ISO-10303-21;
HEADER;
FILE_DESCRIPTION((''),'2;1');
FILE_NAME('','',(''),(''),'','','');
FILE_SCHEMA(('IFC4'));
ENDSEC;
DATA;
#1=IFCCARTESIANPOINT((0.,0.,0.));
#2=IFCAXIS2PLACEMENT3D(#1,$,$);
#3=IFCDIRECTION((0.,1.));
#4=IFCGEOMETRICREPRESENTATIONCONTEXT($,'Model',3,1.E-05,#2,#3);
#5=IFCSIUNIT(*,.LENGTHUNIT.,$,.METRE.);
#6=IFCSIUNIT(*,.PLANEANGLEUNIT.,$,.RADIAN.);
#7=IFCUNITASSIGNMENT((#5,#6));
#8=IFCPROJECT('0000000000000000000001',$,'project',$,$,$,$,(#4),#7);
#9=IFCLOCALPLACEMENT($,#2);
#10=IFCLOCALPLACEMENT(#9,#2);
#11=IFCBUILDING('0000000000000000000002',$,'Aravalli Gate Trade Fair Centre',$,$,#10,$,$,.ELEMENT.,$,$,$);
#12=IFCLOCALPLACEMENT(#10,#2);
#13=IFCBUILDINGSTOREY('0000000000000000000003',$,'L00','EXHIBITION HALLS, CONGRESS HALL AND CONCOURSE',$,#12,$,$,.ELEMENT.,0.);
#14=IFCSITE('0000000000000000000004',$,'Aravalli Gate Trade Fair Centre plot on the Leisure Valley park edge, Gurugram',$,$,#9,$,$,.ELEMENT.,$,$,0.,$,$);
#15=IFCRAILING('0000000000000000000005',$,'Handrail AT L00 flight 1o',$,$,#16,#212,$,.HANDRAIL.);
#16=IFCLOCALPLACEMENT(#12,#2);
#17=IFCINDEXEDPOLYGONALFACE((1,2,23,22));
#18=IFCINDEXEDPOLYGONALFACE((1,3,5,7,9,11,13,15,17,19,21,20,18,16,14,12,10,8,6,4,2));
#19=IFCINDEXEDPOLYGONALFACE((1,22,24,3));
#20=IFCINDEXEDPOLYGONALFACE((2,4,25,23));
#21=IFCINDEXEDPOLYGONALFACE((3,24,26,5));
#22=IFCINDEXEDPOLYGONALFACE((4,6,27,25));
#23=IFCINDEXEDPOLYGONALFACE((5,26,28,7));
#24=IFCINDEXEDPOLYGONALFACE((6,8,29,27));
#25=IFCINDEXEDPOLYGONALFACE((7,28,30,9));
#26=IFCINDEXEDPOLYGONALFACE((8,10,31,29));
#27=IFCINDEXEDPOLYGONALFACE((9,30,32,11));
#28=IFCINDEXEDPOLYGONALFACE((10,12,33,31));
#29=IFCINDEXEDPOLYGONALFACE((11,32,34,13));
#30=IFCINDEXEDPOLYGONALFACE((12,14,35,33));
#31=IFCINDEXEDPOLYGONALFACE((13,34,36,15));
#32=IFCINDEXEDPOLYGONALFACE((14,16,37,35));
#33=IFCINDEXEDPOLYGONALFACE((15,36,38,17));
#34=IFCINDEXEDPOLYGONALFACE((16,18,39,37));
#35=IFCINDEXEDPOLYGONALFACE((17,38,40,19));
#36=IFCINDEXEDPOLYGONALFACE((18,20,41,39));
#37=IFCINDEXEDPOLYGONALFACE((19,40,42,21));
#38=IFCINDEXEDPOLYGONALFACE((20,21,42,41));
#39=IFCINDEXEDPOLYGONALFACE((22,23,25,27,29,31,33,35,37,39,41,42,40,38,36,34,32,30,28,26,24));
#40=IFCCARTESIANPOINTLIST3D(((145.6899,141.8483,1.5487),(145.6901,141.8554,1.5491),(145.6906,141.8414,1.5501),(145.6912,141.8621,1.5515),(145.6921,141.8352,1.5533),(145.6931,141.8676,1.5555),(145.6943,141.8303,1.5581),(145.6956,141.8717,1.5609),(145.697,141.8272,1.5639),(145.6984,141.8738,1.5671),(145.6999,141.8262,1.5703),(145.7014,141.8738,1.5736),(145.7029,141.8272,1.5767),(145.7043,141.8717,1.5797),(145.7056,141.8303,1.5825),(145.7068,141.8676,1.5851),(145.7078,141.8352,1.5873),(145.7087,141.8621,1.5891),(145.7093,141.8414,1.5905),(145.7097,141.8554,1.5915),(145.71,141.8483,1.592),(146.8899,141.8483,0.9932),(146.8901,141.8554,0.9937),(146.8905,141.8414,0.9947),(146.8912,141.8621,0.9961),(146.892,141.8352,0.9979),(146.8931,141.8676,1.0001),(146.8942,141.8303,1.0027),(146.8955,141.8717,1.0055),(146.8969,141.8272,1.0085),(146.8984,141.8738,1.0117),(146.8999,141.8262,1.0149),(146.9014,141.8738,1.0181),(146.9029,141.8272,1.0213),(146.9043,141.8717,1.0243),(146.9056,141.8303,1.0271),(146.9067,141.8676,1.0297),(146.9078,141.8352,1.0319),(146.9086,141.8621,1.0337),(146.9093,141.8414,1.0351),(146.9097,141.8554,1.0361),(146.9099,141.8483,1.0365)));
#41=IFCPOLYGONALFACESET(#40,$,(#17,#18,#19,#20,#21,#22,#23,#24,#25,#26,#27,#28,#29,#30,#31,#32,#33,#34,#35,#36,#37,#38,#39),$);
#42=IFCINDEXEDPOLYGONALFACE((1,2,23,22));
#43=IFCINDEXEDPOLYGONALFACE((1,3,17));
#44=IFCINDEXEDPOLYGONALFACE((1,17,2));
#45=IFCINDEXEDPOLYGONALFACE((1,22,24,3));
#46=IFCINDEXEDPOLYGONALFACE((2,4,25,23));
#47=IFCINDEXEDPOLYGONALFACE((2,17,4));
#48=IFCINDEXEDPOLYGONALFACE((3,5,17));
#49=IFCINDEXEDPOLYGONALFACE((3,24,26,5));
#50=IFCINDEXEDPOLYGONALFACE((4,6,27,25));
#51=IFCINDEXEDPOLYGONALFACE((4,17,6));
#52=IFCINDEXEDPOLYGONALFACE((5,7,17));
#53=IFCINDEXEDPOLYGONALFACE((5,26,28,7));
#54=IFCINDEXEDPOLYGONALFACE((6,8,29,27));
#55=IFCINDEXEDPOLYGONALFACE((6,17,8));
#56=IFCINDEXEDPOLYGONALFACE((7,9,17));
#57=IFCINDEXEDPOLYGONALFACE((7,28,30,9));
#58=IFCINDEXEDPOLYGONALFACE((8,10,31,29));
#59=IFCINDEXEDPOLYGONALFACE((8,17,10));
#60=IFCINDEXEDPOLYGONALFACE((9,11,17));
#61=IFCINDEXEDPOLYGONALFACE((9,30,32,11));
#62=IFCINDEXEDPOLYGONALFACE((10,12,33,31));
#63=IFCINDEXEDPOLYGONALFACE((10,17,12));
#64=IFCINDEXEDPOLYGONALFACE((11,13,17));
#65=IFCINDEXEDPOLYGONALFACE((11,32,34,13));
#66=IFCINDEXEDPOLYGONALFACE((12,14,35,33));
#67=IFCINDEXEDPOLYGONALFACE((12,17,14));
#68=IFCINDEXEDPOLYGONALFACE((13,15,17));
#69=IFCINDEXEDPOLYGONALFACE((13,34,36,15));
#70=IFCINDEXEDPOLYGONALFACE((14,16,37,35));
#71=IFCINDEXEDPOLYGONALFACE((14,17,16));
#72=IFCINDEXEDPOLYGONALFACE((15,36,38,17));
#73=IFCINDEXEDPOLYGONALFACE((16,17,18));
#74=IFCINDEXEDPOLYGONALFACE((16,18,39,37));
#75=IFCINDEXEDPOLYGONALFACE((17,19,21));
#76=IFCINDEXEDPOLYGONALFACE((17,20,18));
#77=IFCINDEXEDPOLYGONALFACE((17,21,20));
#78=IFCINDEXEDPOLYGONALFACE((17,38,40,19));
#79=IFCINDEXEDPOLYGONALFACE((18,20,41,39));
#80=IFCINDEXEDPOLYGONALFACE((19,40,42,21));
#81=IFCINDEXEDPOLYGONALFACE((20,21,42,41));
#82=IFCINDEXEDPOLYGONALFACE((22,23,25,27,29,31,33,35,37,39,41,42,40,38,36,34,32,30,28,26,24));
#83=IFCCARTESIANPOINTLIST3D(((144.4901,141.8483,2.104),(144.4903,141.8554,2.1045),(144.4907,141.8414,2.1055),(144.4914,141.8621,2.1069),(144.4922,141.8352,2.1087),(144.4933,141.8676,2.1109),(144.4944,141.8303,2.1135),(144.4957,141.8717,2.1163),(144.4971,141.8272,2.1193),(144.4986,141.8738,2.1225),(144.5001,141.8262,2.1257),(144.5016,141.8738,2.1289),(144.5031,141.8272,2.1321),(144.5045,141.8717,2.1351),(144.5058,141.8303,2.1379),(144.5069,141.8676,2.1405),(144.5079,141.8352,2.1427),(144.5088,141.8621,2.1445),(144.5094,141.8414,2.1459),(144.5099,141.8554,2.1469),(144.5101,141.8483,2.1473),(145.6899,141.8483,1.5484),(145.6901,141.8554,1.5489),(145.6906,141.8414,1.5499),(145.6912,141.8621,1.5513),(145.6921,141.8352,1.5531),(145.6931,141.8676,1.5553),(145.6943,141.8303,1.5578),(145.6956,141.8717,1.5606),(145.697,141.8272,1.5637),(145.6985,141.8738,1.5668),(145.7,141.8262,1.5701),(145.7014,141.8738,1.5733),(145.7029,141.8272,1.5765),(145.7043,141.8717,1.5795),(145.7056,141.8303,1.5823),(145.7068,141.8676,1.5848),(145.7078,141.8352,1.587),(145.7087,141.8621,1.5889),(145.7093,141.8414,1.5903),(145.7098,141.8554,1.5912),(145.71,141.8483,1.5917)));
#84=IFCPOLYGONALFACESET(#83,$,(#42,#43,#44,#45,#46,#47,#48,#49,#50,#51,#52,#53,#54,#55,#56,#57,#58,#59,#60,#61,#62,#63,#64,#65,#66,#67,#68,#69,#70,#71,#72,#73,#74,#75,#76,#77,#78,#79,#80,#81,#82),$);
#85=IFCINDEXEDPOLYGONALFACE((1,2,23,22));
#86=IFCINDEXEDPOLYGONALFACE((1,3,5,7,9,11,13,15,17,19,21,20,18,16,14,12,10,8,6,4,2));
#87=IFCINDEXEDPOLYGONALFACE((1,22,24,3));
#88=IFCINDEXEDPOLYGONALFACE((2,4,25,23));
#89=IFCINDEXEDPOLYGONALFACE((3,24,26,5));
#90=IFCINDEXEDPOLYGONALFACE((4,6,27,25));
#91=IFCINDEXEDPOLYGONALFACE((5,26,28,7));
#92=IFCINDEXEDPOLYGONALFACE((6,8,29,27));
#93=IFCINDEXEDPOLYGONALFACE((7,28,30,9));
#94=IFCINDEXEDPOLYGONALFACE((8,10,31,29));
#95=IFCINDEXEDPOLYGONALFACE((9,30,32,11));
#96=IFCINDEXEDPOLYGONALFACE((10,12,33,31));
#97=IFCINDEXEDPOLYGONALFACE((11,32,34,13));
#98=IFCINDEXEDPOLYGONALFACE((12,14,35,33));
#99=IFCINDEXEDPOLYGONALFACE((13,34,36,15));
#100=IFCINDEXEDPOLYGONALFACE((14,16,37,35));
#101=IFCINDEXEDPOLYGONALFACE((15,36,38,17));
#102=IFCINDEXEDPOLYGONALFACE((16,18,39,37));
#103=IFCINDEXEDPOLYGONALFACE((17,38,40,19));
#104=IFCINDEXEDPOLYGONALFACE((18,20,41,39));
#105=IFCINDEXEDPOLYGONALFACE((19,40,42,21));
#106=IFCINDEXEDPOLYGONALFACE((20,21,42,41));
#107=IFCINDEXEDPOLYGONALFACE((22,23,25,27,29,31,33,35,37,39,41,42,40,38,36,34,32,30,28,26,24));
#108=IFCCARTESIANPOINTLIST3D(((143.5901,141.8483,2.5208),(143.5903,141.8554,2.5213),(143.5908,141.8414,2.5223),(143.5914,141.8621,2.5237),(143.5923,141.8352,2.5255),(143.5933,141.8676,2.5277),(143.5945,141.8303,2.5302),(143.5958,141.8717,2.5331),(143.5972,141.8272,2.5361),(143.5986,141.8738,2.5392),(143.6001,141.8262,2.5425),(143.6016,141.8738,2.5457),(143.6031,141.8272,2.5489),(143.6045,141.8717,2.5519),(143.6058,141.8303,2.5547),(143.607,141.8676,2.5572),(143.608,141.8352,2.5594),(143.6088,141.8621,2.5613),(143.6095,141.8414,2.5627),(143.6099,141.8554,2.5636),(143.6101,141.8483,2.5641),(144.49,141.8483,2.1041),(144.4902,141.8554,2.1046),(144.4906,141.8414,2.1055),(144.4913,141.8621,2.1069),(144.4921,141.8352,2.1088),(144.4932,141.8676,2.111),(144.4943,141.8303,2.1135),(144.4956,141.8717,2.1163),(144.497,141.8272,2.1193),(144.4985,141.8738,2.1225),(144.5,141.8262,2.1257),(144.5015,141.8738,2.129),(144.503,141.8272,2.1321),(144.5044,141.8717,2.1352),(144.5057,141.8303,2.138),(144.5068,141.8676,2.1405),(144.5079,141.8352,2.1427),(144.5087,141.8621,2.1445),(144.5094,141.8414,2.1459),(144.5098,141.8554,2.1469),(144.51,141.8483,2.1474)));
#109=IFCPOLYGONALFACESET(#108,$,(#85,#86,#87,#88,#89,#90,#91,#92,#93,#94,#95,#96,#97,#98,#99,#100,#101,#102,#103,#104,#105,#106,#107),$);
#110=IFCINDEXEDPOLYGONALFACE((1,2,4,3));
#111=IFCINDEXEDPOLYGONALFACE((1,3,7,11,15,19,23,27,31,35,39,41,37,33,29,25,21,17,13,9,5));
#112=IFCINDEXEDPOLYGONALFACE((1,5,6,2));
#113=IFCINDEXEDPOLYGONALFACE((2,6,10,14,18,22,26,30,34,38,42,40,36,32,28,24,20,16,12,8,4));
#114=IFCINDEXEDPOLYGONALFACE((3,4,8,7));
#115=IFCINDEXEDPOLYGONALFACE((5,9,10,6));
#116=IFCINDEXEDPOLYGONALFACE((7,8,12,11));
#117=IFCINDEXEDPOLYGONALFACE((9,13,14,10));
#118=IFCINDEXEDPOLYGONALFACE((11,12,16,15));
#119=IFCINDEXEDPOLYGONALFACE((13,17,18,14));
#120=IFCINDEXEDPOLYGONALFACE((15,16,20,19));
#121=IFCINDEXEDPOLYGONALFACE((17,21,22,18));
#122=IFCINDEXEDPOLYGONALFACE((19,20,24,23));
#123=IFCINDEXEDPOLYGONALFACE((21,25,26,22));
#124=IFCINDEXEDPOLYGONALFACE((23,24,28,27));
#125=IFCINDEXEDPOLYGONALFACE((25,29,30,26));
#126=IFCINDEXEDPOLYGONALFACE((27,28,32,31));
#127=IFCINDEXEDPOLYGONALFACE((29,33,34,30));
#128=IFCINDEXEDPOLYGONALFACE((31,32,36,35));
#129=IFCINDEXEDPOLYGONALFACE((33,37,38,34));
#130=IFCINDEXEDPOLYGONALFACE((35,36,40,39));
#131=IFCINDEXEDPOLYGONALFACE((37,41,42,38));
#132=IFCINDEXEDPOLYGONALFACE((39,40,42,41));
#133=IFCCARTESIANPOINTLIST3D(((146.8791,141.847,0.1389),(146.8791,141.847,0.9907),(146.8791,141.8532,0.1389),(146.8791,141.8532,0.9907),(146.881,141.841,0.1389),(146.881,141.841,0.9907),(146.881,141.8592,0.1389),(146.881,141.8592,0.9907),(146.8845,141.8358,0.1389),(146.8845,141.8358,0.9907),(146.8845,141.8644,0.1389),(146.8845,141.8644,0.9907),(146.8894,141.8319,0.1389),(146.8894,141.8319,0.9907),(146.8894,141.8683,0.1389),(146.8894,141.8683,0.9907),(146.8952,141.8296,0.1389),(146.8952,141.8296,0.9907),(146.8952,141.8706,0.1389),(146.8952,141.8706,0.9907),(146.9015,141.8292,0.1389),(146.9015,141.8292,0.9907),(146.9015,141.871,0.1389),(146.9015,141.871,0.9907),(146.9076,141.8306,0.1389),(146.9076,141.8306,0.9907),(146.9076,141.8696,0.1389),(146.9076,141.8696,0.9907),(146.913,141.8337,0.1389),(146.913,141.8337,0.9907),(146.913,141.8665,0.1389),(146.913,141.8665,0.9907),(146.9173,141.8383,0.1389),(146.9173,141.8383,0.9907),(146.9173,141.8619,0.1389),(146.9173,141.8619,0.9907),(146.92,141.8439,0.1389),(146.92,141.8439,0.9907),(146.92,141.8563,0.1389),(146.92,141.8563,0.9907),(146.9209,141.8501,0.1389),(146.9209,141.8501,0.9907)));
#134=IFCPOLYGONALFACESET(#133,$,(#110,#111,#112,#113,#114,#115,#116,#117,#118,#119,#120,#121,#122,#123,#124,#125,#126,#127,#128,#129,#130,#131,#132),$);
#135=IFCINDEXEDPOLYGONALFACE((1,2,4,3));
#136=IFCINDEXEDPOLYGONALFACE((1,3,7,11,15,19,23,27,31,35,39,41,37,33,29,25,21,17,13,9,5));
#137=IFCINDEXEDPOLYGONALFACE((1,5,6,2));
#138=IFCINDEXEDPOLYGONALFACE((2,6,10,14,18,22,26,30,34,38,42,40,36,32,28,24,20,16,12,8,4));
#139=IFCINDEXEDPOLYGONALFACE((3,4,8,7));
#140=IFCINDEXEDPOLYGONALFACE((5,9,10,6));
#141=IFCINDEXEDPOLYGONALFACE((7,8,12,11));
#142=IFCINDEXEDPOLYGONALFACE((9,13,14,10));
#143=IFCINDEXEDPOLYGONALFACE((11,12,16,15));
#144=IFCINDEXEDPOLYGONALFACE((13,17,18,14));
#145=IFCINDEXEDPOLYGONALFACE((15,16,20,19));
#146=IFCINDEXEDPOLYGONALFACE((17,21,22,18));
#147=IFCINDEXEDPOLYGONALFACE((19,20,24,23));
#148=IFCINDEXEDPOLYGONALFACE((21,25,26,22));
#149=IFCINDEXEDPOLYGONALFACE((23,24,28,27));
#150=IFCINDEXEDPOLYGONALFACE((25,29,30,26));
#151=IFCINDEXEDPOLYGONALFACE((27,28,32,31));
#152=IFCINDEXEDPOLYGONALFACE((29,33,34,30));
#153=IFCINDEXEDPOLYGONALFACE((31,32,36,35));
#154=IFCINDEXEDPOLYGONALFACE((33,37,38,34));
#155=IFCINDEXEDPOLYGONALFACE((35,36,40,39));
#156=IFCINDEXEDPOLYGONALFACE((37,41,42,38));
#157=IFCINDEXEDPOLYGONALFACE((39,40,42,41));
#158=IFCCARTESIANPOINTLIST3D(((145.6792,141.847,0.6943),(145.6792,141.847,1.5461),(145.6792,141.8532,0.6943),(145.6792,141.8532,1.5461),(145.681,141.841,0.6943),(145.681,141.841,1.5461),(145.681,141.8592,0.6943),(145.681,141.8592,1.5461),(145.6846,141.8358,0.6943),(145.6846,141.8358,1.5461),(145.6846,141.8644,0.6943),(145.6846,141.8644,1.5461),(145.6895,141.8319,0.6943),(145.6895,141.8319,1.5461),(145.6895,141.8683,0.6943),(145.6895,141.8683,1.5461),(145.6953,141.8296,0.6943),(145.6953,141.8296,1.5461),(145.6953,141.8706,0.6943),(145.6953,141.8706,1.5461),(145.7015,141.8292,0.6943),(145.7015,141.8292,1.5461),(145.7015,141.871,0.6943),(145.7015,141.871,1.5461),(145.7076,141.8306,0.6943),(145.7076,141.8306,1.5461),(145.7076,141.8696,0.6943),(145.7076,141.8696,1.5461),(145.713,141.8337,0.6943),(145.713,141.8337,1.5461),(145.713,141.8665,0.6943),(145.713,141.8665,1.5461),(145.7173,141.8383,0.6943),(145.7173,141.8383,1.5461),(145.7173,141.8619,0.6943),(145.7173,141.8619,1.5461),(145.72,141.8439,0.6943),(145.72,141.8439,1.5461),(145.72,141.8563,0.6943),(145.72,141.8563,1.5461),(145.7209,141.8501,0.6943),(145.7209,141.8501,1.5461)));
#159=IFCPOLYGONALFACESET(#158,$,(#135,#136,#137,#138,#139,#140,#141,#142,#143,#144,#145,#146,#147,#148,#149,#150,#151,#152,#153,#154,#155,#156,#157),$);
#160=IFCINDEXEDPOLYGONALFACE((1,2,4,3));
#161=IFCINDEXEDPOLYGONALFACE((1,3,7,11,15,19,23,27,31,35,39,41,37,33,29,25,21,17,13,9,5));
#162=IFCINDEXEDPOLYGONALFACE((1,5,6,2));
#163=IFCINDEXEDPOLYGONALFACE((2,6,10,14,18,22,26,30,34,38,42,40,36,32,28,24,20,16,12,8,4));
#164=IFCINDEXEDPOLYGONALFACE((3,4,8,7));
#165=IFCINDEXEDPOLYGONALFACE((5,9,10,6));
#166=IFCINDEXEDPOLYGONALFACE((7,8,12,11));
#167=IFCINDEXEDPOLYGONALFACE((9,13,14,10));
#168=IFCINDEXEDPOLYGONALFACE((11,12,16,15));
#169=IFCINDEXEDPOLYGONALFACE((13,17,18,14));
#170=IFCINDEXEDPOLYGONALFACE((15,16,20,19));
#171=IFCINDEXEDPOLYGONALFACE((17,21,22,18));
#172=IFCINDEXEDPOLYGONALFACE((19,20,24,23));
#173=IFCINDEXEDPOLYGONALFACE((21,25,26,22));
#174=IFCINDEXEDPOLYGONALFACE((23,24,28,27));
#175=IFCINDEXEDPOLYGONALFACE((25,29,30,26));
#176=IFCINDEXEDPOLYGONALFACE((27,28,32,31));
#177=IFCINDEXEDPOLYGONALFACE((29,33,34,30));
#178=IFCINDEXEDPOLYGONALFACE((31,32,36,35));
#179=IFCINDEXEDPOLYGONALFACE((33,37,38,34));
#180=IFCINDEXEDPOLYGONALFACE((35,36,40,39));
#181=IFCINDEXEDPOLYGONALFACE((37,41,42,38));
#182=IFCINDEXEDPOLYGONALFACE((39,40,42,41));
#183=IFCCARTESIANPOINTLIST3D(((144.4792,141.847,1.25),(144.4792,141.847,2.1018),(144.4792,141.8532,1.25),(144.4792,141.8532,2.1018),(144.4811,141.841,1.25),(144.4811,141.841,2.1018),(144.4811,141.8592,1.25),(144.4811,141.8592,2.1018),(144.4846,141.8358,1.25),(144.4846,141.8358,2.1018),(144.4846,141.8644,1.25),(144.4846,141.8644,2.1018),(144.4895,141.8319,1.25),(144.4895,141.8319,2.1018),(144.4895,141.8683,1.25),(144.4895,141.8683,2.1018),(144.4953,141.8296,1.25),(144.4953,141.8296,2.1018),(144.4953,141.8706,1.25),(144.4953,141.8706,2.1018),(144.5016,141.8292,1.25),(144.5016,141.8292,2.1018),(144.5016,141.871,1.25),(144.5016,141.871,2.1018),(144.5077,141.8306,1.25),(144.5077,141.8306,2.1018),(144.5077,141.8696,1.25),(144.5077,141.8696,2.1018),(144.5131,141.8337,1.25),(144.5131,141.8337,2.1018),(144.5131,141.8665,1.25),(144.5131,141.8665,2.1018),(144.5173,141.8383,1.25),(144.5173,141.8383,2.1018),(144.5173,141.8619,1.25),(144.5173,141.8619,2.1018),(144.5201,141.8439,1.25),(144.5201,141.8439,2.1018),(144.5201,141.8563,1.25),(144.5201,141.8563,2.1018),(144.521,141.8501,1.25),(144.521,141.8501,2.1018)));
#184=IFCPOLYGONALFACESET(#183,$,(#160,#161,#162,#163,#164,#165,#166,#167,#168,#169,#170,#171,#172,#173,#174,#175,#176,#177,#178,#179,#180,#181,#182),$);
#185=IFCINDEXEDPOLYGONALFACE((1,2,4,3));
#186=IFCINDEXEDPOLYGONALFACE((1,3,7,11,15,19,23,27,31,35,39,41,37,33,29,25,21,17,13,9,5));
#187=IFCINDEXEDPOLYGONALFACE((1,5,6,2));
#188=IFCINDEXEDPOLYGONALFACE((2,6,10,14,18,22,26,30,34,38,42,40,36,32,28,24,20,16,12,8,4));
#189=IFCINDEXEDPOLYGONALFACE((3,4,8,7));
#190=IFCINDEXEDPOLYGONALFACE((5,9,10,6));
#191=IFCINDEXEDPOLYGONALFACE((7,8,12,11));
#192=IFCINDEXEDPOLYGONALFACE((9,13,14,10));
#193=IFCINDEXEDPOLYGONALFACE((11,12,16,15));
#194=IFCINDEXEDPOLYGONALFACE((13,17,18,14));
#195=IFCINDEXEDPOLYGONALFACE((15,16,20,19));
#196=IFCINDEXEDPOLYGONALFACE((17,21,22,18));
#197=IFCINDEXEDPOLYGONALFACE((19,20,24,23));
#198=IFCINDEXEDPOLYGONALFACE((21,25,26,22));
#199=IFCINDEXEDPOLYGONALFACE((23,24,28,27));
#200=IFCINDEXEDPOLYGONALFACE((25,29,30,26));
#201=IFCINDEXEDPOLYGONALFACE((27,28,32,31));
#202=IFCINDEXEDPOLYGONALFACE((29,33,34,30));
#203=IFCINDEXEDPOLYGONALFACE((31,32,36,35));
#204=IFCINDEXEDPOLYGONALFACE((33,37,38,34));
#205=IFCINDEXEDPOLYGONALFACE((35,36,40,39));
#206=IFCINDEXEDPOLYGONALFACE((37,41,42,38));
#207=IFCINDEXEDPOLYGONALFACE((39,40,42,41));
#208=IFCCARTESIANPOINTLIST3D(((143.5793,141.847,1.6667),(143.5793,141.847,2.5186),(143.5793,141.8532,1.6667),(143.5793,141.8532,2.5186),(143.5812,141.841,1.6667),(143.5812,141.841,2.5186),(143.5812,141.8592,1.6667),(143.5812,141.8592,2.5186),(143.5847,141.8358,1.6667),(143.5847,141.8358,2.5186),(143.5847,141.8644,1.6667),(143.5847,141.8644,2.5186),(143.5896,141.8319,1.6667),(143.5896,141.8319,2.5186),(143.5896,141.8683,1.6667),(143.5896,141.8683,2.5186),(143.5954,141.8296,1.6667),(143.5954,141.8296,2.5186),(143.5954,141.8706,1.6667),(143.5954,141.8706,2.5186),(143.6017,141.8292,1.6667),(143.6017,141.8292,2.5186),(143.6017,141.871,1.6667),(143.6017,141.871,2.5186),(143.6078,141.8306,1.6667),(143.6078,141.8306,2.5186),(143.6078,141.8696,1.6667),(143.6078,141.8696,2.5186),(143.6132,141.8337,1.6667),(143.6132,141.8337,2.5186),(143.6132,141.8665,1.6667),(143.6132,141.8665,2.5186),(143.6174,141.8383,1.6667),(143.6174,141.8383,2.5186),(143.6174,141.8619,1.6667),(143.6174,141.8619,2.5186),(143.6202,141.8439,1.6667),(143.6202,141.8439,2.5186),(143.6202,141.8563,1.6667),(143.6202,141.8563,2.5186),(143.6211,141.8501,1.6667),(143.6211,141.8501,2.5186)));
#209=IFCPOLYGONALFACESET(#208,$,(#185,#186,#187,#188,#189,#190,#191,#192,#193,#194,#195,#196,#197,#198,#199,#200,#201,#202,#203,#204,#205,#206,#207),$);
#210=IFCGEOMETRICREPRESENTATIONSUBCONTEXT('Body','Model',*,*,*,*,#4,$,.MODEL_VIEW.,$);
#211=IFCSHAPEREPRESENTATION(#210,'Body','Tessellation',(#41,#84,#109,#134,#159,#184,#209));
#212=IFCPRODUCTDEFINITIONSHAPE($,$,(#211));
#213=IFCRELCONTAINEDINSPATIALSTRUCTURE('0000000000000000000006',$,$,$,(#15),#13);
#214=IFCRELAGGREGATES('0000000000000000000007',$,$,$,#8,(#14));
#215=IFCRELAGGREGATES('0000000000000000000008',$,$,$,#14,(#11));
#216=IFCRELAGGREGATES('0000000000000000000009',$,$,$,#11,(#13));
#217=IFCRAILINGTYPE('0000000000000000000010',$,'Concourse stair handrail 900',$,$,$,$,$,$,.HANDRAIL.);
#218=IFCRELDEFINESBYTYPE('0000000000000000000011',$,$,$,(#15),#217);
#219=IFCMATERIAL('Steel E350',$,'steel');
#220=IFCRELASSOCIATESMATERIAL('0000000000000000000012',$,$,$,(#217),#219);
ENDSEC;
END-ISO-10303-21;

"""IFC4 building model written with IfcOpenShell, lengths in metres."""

from ifc_helpers import new_model, si_unit, direction, frame, origin, origin_2d, place, context, subcontext, project, spatial, circle, extrude, material, type_object, element, save


model = new_model("IFC4")

# Units and contexts
model_context = context("Model", 3, precision=1e-05, world=origin(), true_north=direction((0.0, 1.0)))
body_context = subcontext(model_context, "Body", "Model", "MODEL_VIEW")
ifc_project = project(units=[si_unit("LENGTHUNIT", "METRE"), si_unit("PLANEANGLEUNIT", "RADIAN")], contexts=[model_context])

# Site, building, storey
site_placement = place(None, origin())
site = spatial("IfcSite", under=ifc_project, at=site_placement, Name="Aravalli Gate Trade Fair Centre plot on the Leisure Valley park edge, Gurugram", CompositionType="ELEMENT", RefElevation=0.0)
building_placement = place(site_placement, origin())
building = spatial("IfcBuilding", under=site, at=building_placement, Name="Aravalli Gate Trade Fair Centre", CompositionType="ELEMENT")
storey_placement = place(building_placement, origin())
storey = spatial("IfcBuildingStorey", under=building, at=storey_placement, Name="L00", Description="EXHIBITION HALLS, CONGRESS HALL AND CONCOURSE", CompositionType="ELEMENT", Elevation=0.0)

# Shared definitions
ifc_material_1 = material(Name="Steel E350", Category="steel")

# Railing
railing_type_1 = type_object("IfcRailingType", Name="Concourse stair handrail 900", PredefinedType="HANDRAIL", material=ifc_material_1)
for number, where, name in (
    (1, (146.8999, 141.8501, 0.1389), "Handrail AT L00 flight 1o"),
):
    element("IfcRailing", number, at=place(storey_placement, frame(where)), inside=storey, type_object=railing_type_1, Name=name, PredefinedType="HANDRAIL", context=body_context, shape_type="SweptSolid", body=[
        extrude(circle(Radius=0.0239, at=origin_2d()), frame((0.0, 0.0, 0.876), z_axis=(-0.907499, 0.0, 0.420053), x_axis=(0.0, -1.0, 0.0)), (0.0, 0.0, 1.0), 1.3223),
        extrude(circle(Radius=0.0239, at=origin_2d()), frame((-1.2, 0.0, 1.4312), z_axis=(-0.907429, 0.0, 0.420205), x_axis=(0.0, -1.0, 0.0)), (0.0, 0.0, 1.0), 1.3223),
        extrude(circle(Radius=0.0239, at=origin_2d()), frame((-2.3999, 0.0, 1.9868), z_axis=(-0.907418, 0.0, 0.420229), x_axis=(0.0, -1.0, 0.0)), (0.0, 0.0, 1.0), 0.9917),
        extrude(circle(Radius=0.021, at=origin_2d()), origin(), (0.0, 0.0, 1.0), 0.8518),
        extrude(circle(Radius=0.021, at=origin_2d()), frame((-1.2, 0.0, 0.5554)), (0.0, 0.0, 1.0), 0.8518),
        extrude(circle(Radius=0.021, at=origin_2d()), frame((-2.3999, 0.0, 1.1111)), (0.0, 0.0, 1.0), 0.8518),
        extrude(circle(Radius=0.021, at=origin_2d()), frame((-3.2998, 0.0, 1.5278)), (0.0, 0.0, 1.0), 0.8518),
    ])

save(model, "model.ifc")
